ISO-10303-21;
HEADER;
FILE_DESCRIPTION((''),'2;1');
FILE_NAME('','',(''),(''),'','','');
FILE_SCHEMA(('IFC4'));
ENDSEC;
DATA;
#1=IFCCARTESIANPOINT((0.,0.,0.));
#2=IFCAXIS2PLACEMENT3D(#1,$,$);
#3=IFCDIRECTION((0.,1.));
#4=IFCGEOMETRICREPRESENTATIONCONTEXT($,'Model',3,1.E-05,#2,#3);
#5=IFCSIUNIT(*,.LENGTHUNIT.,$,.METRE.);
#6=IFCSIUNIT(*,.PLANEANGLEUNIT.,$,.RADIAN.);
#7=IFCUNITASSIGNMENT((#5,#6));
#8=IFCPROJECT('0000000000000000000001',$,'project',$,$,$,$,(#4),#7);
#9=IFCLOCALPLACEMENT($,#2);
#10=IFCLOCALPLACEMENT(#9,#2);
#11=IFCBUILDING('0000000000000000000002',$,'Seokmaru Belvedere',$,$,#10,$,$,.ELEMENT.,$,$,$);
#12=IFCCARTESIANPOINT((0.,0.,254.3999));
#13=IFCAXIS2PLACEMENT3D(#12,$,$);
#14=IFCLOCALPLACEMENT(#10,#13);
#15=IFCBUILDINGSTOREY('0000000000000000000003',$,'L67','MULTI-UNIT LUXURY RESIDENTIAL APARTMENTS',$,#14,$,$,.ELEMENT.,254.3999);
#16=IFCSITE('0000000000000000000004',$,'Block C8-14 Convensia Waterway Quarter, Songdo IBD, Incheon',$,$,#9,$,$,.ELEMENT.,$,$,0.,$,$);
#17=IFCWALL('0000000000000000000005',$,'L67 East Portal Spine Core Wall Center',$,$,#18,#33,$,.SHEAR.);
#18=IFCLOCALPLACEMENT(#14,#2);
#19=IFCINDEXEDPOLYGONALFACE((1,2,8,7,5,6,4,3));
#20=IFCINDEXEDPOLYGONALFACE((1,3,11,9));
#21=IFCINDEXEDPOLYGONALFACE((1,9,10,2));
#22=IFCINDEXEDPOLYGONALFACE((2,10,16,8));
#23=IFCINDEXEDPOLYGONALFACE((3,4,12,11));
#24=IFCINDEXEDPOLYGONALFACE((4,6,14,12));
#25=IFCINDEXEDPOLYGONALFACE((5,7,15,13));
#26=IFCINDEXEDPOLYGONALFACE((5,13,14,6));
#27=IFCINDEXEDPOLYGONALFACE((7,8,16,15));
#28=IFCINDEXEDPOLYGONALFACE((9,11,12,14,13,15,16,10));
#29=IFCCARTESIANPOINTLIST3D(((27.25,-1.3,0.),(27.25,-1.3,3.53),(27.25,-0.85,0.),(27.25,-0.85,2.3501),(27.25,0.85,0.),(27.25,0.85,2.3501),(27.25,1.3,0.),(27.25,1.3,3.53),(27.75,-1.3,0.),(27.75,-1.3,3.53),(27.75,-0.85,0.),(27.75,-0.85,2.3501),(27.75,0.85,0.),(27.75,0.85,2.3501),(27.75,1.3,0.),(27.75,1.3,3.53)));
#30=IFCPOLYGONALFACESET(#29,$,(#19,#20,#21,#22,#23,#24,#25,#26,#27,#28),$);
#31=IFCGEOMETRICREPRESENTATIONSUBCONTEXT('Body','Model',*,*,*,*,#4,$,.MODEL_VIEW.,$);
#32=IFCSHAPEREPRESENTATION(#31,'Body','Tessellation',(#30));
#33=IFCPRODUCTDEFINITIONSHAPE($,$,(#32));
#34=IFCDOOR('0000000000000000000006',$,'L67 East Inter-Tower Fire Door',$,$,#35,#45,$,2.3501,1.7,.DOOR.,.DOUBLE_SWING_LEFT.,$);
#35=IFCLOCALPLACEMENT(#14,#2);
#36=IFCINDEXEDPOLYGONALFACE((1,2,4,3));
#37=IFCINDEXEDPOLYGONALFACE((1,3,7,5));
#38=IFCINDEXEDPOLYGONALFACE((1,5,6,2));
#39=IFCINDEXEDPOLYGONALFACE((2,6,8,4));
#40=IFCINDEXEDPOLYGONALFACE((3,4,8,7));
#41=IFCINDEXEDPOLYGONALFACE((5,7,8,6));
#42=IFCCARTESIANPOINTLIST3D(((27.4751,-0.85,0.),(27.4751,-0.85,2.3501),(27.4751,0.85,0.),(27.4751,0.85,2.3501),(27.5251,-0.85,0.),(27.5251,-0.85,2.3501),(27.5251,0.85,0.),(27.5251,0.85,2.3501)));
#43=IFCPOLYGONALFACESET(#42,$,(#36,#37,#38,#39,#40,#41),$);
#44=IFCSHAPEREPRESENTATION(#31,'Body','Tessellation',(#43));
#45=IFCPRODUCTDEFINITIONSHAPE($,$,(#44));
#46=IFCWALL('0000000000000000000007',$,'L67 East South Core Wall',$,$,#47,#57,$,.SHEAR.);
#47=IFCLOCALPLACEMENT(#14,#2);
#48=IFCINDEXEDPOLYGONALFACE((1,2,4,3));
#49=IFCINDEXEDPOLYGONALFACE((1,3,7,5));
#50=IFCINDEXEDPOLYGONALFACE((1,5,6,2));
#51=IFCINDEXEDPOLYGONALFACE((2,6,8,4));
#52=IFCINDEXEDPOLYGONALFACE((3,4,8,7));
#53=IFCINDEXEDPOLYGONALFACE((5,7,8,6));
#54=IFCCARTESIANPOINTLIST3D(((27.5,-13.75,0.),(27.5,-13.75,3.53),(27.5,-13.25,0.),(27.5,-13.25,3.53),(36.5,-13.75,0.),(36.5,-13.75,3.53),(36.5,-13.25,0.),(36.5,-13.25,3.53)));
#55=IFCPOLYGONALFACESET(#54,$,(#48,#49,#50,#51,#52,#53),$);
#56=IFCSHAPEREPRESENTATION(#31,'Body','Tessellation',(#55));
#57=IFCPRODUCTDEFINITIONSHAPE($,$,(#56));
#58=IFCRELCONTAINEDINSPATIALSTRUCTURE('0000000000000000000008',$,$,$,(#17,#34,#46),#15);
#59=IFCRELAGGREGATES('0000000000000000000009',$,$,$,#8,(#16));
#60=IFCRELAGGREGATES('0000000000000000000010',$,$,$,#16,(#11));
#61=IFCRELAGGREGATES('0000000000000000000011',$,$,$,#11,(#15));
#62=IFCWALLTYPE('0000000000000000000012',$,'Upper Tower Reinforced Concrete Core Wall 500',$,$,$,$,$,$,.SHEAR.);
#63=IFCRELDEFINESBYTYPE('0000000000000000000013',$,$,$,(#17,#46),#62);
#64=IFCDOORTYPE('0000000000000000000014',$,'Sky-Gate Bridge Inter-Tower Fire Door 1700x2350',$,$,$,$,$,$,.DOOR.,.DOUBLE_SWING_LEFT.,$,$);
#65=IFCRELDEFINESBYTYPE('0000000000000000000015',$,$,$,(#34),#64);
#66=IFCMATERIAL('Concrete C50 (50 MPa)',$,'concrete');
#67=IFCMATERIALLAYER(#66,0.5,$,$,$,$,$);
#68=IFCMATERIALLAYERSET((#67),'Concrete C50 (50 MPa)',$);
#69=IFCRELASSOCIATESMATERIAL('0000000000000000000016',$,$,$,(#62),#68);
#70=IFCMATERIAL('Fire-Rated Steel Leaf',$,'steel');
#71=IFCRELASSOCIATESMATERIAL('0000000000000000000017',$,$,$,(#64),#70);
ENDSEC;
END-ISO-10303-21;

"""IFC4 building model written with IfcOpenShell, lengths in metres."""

from ifc_helpers import new_model, si_unit, direction, frame, frame_2d, origin, place, context, subcontext, project, spatial, rectangle, extrude, source, transform, mapped, material, layer, layer_set, type_object, type_shapes, element, fill, save


model = new_model("IFC4")

# Units and contexts
model_context = context("Model", 3, precision=1e-05, world=origin(), true_north=direction((0.0, 1.0)))
body_context = subcontext(model_context, "Body", "Model", "MODEL_VIEW")
ifc_project = project(units=[si_unit("LENGTHUNIT", "METRE"), si_unit("PLANEANGLEUNIT", "RADIAN")], contexts=[model_context])

# Site, building, storey
site_placement = place(None, origin())
site = spatial("IfcSite", under=ifc_project, at=site_placement, Name="Block C8-14 Convensia Waterway Quarter, Songdo IBD, Incheon", CompositionType="ELEMENT", RefElevation=0.0)
building_placement = place(site_placement, origin())
building = spatial("IfcBuilding", under=site, at=building_placement, Name="Seokmaru Belvedere", CompositionType="ELEMENT")
storey_placement = place(building_placement, frame((0.0, 0.0, 254.3999)))
storey = spatial("IfcBuildingStorey", under=building, at=storey_placement, Name="L67", Description="MULTI-UNIT LUXURY RESIDENTIAL APARTMENTS", CompositionType="ELEMENT", Elevation=254.3999)

# Shared definitions
ifc_material_1 = material(Name="Fire-Rated Steel Leaf", Category="steel")

# Shared definitions
ifc_material_2 = material(Name="Concrete C50 (50 MPa)", Category="concrete")

# Shared definitions
ifc_layer_1 = layer(ifc_material_2, 0.5)
ifc_layer_set_1 = layer_set([ifc_layer_1], Name="Concrete C50 (50 MPa)")
wall_type_1 = type_object("IfcWallType", Name="Upper Tower Reinforced Concrete Core Wall 500", PredefinedType="SHEAR", material=ifc_layer_set_1)

# Wall, opening, door
wall_1_placement = place(storey_placement, frame((27.5, -1.3, 0.0), z_axis=(0.0, 0.0, 1.0), x_axis=(0.0, 1.0, 0.0)))
wall_1 = element("IfcWall", 1, at=wall_1_placement, inside=storey, type_object=wall_type_1, Name="L67 East Portal Spine Core Wall Center", PredefinedType="SHEAR", context=body_context, shape_type="SweptSolid", body=[
    extrude(rectangle(XDim=2.6001, YDim=0.5, at=frame_2d((1.3, 0.0))), origin(), (0.0, 0.0, 1.0), 3.53),
])
opening_1_placement = place(wall_1_placement, frame((0.45, 0.0, 0.0)))
opening_1 = element("IfcOpeningElement", 2, at=opening_1_placement, cuts=wall_1, PredefinedType="OPENING", context=body_context, shape_type="SweptSolid", body=[
    extrude(rectangle(XDim=1.7, YDim=2.3501, at=frame_2d((0.8501, 1.175))), frame((0.0, 0.26, 0.0), z_axis=(0.0, -1.0, 0.0), x_axis=(1.0, 0.0, 0.0)), (0.0, 0.0, 1.0), 0.52),
])
door_type_1 = type_object("IfcDoorType", Name="Sky-Gate Bridge Inter-Tower Fire Door 1700x2350", OperationType="DOUBLE_SWING_LEFT", PredefinedType="DOOR", material=ifc_material_1)
shared_shape_1 = source(origin(), body_context, "Body", "SweptSolid", [
    extrude(rectangle(XDim=1.7, YDim=2.3501, at=frame_2d((0.8501, 1.175))), frame((0.0, 0.0249, 0.0), z_axis=(0.0, -1.0, 0.0), x_axis=(1.0, 0.0, 0.0)), (0.0, 0.0, 1.0), 0.05),
])
type_shapes(door_type_1, [shared_shape_1])
door_1_placement = place(opening_1_placement, origin())
door_1 = element("IfcDoor", 3, at=door_1_placement, inside=storey, type_object=door_type_1, Name="L67 East Inter-Tower Fire Door", OperationType="DOUBLE_SWING_LEFT", OverallHeight=2.3501, OverallWidth=1.7, PredefinedType="DOOR", context=body_context, shape_type="MappedRepresentation", body=[
    mapped(shared_shape_1, transform((0.0, 0.0, 0.0), scale=1.0)),
])
fill(opening_1, door_1)

# Wall
wall_2_placement = place(storey_placement, frame((27.5, -13.5, 0.0), z_axis=(0.0, 0.0, 1.0), x_axis=(1.0, 0.0, 0.0)))
element("IfcWall", 4, at=wall_2_placement, inside=storey, type_object=wall_type_1, Name="L67 East South Core Wall", PredefinedType="SHEAR", context=body_context, shape_type="SweptSolid", body=[
    extrude(rectangle(XDim=9.0, YDim=0.5, at=frame_2d((4.5, 0.0))), origin(), (0.0, 0.0, 1.0), 3.53),
])

save(model, "model.ifc")
